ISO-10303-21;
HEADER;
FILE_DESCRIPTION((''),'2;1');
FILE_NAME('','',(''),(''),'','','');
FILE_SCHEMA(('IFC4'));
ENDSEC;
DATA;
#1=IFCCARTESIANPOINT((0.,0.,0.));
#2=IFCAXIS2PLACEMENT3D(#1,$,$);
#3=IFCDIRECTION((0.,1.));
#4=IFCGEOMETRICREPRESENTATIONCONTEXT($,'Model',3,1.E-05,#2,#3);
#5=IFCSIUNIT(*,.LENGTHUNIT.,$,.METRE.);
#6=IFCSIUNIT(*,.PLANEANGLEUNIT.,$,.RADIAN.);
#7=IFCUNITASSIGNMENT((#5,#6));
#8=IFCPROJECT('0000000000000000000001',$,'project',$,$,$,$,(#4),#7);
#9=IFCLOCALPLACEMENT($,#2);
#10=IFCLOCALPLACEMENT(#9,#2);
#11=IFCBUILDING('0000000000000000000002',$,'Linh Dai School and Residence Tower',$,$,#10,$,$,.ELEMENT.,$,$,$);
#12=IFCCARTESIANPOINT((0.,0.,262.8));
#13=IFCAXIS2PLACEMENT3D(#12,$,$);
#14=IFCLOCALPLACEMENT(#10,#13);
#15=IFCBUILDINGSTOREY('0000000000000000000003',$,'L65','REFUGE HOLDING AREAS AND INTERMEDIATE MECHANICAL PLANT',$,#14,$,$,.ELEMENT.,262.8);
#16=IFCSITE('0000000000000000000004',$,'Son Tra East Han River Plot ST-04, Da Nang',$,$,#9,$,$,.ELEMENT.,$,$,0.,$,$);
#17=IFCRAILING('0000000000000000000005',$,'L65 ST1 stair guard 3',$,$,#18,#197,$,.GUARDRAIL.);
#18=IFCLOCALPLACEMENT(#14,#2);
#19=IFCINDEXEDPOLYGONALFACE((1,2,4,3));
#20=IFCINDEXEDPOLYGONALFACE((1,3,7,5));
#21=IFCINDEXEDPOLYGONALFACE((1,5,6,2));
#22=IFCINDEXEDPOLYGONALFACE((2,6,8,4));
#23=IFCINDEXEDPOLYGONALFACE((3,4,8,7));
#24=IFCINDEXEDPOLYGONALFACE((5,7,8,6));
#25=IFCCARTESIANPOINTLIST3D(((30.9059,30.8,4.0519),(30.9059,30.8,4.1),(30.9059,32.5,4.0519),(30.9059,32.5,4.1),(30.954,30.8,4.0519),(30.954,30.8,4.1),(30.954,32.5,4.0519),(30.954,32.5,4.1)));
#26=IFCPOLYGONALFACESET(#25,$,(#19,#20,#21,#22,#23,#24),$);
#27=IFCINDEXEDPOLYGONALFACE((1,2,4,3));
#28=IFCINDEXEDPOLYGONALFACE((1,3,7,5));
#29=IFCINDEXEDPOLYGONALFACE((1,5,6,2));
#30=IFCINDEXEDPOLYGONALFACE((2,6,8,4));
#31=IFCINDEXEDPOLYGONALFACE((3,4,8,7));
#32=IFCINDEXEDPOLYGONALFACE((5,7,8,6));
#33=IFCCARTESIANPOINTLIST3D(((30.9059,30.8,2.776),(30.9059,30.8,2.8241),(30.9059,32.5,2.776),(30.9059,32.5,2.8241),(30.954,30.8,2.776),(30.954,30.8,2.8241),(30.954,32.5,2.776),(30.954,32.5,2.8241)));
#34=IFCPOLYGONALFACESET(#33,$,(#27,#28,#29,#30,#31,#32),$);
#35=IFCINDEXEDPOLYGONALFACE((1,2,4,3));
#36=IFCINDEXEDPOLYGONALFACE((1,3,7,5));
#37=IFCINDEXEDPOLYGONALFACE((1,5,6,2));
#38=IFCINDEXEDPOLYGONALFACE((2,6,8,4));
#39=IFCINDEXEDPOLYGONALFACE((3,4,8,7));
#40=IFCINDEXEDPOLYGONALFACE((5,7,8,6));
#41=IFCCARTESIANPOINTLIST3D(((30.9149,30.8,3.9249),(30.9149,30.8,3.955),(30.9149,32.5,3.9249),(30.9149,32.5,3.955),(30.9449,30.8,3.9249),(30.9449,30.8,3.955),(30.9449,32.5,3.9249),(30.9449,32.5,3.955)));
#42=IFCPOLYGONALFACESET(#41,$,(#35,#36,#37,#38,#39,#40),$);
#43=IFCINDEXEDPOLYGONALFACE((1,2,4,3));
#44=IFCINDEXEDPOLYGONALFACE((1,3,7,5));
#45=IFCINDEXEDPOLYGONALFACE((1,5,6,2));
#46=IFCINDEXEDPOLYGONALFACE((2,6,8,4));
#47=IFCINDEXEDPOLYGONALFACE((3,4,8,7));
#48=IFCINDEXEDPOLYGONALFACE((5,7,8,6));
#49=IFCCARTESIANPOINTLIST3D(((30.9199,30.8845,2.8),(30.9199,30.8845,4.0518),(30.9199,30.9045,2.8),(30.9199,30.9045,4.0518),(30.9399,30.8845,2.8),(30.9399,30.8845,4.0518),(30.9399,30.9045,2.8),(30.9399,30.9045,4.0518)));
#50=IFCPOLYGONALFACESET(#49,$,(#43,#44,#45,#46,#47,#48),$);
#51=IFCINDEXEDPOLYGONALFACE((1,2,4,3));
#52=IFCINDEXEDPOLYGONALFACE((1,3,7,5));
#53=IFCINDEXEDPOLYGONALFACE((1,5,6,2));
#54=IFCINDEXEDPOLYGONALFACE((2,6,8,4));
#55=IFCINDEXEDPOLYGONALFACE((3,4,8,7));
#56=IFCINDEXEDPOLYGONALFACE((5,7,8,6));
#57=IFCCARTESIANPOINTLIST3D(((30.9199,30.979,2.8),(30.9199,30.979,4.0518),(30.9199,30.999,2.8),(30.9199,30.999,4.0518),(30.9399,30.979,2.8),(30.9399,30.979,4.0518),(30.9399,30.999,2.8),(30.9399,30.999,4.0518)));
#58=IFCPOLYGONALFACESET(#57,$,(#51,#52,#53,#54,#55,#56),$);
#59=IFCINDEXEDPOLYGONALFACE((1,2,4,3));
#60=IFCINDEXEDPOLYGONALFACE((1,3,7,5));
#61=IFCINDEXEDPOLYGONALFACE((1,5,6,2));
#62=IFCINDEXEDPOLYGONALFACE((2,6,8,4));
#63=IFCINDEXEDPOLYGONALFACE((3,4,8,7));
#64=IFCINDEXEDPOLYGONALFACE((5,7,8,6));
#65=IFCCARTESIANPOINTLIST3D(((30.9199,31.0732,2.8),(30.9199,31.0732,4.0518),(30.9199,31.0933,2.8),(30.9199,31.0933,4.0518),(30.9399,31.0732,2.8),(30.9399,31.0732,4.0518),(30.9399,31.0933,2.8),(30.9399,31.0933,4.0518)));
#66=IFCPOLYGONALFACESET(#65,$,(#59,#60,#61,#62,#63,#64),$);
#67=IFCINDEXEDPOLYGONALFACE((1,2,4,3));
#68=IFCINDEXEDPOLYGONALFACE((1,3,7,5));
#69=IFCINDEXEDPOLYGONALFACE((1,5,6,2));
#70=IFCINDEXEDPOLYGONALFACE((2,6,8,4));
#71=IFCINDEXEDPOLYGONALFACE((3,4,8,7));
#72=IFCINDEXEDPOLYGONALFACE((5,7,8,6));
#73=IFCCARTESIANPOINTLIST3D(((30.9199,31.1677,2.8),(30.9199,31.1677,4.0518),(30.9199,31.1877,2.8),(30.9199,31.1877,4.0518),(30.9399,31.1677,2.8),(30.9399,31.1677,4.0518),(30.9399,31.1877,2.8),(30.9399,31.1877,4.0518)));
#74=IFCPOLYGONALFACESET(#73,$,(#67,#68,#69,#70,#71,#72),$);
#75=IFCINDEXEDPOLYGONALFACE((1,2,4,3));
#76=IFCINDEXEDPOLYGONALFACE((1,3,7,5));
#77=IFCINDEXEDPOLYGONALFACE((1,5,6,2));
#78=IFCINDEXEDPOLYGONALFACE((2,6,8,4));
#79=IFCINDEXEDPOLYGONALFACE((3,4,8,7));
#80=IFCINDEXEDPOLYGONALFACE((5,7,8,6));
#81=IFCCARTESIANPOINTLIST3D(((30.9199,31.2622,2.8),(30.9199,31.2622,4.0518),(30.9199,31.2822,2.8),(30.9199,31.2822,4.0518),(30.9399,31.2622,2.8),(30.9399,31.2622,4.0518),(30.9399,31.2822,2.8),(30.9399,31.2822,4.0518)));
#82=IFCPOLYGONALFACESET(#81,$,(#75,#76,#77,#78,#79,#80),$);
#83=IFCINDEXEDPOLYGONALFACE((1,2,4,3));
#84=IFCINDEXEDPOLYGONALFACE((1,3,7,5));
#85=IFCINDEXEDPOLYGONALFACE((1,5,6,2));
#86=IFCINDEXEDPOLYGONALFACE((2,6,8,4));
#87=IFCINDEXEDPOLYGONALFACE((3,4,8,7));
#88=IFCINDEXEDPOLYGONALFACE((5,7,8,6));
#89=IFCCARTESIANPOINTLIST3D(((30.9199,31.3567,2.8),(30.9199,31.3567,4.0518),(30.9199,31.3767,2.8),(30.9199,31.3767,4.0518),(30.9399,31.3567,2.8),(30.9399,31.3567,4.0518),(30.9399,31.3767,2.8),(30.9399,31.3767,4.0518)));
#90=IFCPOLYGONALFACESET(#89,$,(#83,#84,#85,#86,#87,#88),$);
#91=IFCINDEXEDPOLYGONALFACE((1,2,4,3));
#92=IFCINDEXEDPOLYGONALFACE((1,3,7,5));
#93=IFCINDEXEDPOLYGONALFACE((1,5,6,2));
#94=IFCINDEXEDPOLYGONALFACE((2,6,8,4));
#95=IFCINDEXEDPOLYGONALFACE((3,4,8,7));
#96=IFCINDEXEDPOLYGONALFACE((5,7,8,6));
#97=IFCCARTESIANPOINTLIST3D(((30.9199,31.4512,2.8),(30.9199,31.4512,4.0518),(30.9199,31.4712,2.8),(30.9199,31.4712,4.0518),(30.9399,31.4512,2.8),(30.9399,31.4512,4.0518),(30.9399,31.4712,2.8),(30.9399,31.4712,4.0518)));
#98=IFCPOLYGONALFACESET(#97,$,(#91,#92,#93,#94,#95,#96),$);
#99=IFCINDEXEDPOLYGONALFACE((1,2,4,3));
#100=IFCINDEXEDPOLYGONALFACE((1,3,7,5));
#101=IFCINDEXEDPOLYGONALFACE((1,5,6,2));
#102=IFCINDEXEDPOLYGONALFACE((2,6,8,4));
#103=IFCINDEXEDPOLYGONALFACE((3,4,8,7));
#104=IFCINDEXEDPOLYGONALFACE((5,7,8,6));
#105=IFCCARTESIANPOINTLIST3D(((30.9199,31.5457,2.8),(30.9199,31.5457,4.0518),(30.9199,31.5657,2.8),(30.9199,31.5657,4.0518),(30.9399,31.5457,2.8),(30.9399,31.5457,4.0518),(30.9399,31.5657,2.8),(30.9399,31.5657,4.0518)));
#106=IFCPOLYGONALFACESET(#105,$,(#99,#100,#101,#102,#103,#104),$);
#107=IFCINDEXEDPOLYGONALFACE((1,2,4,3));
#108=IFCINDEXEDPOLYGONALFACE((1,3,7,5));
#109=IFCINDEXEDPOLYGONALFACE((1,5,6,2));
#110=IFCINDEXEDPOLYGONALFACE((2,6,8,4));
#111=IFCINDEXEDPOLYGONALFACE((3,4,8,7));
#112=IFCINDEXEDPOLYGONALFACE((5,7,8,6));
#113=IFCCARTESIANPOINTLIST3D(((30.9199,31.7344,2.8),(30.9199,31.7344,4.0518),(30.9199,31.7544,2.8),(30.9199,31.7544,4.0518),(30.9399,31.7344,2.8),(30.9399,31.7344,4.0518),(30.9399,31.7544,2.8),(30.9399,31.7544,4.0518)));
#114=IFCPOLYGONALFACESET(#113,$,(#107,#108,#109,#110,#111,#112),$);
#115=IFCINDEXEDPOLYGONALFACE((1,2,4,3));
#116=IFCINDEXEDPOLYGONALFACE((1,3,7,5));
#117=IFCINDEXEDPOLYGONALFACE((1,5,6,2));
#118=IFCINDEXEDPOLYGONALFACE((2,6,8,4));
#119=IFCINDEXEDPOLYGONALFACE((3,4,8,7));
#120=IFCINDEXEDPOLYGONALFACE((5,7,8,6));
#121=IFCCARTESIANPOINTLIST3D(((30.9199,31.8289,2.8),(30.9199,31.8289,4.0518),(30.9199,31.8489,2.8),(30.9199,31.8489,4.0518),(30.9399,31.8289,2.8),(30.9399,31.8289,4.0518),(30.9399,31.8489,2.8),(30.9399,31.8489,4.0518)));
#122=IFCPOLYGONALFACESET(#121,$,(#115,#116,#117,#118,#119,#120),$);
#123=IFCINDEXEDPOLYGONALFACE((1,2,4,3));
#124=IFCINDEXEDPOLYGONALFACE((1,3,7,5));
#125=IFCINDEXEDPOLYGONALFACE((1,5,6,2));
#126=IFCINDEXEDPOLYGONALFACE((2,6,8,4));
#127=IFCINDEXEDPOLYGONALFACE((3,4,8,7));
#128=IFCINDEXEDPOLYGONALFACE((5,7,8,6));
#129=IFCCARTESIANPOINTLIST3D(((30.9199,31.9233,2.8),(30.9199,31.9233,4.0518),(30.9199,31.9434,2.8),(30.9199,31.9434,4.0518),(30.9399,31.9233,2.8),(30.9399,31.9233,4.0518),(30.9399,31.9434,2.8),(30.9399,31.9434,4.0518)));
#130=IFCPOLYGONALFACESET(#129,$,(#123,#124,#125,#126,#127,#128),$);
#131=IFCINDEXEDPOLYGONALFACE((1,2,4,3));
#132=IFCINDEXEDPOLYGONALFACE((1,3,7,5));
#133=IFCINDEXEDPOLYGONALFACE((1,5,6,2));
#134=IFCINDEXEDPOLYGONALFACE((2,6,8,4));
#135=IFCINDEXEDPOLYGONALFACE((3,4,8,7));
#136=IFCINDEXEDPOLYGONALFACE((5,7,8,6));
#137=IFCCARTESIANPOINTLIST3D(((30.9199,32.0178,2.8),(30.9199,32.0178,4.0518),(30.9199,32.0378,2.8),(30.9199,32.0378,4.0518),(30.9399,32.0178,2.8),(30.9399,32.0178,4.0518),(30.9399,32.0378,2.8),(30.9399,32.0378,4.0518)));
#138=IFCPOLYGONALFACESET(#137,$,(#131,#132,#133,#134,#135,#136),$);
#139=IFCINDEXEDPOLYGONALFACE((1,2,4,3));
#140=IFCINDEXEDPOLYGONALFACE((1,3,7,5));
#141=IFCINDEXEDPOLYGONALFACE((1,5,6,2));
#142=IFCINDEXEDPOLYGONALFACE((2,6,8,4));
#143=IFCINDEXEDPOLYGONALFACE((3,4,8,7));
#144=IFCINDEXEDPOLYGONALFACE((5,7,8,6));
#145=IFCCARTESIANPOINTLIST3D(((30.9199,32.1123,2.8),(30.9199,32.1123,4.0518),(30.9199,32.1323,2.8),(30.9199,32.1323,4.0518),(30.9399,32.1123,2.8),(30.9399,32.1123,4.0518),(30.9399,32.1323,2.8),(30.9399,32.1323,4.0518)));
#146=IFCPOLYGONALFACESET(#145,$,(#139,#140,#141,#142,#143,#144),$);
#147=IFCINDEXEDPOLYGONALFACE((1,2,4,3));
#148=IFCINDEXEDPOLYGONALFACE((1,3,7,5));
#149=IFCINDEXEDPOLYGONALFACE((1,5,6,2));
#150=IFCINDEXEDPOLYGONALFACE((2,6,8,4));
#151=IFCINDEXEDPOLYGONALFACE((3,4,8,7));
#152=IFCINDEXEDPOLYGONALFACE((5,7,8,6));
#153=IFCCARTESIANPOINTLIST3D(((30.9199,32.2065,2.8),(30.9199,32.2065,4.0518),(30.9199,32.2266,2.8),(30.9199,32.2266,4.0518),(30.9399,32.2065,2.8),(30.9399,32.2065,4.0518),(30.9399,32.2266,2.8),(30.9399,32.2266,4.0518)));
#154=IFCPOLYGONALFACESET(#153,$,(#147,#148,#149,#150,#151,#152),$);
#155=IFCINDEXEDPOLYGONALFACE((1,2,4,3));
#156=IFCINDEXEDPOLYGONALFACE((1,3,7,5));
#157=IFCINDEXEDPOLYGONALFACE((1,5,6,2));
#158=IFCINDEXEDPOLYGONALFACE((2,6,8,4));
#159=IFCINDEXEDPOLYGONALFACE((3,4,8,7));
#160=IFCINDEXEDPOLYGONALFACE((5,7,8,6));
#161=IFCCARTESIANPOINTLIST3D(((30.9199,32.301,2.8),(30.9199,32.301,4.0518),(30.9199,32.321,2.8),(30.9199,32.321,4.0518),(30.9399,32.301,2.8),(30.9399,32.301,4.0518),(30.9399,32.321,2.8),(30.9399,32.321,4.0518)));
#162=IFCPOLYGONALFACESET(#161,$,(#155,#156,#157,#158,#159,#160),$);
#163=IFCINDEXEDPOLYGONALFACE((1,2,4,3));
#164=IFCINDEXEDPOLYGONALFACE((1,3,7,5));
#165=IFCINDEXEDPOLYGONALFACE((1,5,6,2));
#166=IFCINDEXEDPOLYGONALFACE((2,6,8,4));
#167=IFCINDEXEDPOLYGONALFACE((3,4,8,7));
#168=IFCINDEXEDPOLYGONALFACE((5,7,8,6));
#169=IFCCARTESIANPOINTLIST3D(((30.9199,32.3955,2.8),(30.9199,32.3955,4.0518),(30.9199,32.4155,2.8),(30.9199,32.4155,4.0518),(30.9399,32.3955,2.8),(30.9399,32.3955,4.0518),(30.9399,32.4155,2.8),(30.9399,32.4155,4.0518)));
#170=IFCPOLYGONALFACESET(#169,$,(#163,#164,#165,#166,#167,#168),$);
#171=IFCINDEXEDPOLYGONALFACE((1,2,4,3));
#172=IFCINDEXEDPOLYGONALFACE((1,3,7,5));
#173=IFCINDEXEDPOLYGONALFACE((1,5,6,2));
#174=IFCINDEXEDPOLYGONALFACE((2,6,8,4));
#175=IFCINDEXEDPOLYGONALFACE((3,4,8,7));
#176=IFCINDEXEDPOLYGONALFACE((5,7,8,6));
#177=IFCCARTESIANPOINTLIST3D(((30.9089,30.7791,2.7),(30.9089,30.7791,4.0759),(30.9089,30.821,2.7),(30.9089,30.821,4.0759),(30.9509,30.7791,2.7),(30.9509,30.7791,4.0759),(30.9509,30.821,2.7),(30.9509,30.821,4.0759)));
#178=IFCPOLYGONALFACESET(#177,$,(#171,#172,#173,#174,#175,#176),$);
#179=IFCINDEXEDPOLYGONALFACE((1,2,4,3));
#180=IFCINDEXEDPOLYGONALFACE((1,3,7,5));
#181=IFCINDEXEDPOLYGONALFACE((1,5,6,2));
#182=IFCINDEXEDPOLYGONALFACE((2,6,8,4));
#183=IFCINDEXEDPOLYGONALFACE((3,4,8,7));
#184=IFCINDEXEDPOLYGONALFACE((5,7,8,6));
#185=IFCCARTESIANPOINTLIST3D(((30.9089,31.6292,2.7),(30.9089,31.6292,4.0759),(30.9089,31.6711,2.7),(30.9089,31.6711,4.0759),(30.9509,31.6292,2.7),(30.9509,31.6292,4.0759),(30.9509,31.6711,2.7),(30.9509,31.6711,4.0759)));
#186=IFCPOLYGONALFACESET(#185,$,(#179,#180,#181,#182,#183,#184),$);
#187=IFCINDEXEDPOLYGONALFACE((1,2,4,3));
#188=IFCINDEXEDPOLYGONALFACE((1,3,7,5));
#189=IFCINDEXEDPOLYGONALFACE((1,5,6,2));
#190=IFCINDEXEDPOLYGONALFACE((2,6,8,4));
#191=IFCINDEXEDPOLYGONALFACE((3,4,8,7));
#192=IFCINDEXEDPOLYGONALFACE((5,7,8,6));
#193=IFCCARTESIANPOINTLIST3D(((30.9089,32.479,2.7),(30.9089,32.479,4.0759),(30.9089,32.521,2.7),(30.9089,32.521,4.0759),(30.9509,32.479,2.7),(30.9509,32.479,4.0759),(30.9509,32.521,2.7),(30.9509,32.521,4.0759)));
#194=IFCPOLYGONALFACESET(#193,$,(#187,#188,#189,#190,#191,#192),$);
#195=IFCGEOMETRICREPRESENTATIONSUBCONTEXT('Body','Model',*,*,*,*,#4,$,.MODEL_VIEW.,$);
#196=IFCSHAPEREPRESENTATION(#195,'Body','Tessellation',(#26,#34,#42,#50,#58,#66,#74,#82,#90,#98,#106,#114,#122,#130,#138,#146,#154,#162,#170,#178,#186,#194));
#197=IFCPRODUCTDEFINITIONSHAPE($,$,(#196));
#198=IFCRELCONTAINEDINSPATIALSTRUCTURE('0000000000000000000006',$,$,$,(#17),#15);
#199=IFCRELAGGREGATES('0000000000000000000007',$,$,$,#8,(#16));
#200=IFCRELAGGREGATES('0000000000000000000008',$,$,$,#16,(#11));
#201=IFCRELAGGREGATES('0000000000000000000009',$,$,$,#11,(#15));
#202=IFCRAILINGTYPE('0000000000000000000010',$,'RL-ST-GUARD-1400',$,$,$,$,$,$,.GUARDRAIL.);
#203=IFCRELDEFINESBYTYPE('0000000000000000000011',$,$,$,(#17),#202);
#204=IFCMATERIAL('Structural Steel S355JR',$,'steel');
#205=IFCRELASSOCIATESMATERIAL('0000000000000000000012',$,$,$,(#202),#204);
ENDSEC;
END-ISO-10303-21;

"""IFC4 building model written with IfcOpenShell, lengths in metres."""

from ifc_helpers import new_model, si_unit, direction, frame, origin, origin_2d, place, context, subcontext, project, spatial, rectangle, extrude, source, transform, mapped, material, type_object, element, save


model = new_model("IFC4")

# Units and contexts
model_context = context("Model", 3, precision=1e-05, world=origin(), true_north=direction((0.0, 1.0)))
body_context = subcontext(model_context, "Body", "Model", "MODEL_VIEW")
ifc_project = project(units=[si_unit("LENGTHUNIT", "METRE"), si_unit("PLANEANGLEUNIT", "RADIAN")], contexts=[model_context])

# Site, building, storey
site_placement = place(None, origin())
site = spatial("IfcSite", under=ifc_project, at=site_placement, Name="Son Tra East Han River Plot ST-04, Da Nang", CompositionType="ELEMENT", RefElevation=0.0)
building_placement = place(site_placement, origin())
building = spatial("IfcBuilding", under=site, at=building_placement, Name="Linh Dai School and Residence Tower", CompositionType="ELEMENT")
storey_placement = place(building_placement, frame((0.0, 0.0, 262.8)))
storey = spatial("IfcBuildingStorey", under=building, at=storey_placement, Name="L65", Description="REFUGE HOLDING AREAS AND INTERMEDIATE MECHANICAL PLANT", CompositionType="ELEMENT", Elevation=262.8)

# Shared definitions
ifc_material_1 = material(Name="Structural Steel S355JR", Category="steel")

# Railing
railing_type_1 = type_object("IfcRailingType", Name="RL-ST-GUARD-1400", PredefinedType="GUARDRAIL", material=ifc_material_1)
shared_shape_1 = source(origin(), body_context, "Body", "SweptSolid", [
    extrude(rectangle(XDim=0.0481, YDim=0.0481, at=origin_2d()), frame((0.0, 0.0, 1.376), z_axis=(0.0, 1.0, 0.0), x_axis=(-1.0, 0.0, 0.0)), (0.0, 0.0, 1.0), 1.7),
    extrude(rectangle(XDim=0.0481, YDim=0.0481, at=origin_2d()), frame((0.0, 0.0, 0.1001), z_axis=(0.0, 1.0, 0.0), x_axis=(-1.0, 0.0, 0.0)), (0.0, 0.0, 1.0), 1.7),
    extrude(rectangle(XDim=0.03, YDim=0.03, at=origin_2d()), frame((0.0, 0.0, 1.24), z_axis=(0.0, 1.0, 0.0), x_axis=(-1.0, 0.0, 0.0)), (0.0, 0.0, 1.0), 1.7),
    extrude(rectangle(XDim=0.02, YDim=0.02, at=origin_2d()), frame((0.0, 0.0945, 0.1001)), (0.0, 0.0, 1.0), 1.2517),
    extrude(rectangle(XDim=0.02, YDim=0.02, at=origin_2d()), frame((0.0, 0.189, 0.1001)), (0.0, 0.0, 1.0), 1.2517),
    extrude(rectangle(XDim=0.02, YDim=0.02, at=origin_2d()), frame((0.0, 0.2832, 0.1001)), (0.0, 0.0, 1.0), 1.2517),
    extrude(rectangle(XDim=0.02, YDim=0.02, at=origin_2d()), frame((0.0, 0.3777, 0.1001)), (0.0, 0.0, 1.0), 1.2517),
    extrude(rectangle(XDim=0.02, YDim=0.02, at=origin_2d()), frame((0.0, 0.4722, 0.1001)), (0.0, 0.0, 1.0), 1.2517),
    extrude(rectangle(XDim=0.02, YDim=0.02, at=origin_2d()), frame((0.0, 0.5667, 0.1001)), (0.0, 0.0, 1.0), 1.2517),
    extrude(rectangle(XDim=0.02, YDim=0.02, at=origin_2d()), frame((0.0, 0.6611, 0.1001)), (0.0, 0.0, 1.0), 1.2517),
    extrude(rectangle(XDim=0.02, YDim=0.02, at=origin_2d()), frame((0.0, 0.7556, 0.1001)), (0.0, 0.0, 1.0), 1.2517),
    extrude(rectangle(XDim=0.02, YDim=0.02, at=origin_2d()), frame((0.0, 0.9443, 0.1001)), (0.0, 0.0, 1.0), 1.2517),
    extrude(rectangle(XDim=0.02, YDim=0.02, at=origin_2d()), frame((0.0, 1.0388, 0.1001)), (0.0, 0.0, 1.0), 1.2517),
    extrude(rectangle(XDim=0.02, YDim=0.02, at=origin_2d()), frame((0.0, 1.1333, 0.1001)), (0.0, 0.0, 1.0), 1.2517),
    extrude(rectangle(XDim=0.02, YDim=0.02, at=origin_2d()), frame((0.0, 1.2278, 0.1001)), (0.0, 0.0, 1.0), 1.2517),
    extrude(rectangle(XDim=0.02, YDim=0.02, at=origin_2d()), frame((0.0, 1.3223, 0.1001)), (0.0, 0.0, 1.0), 1.2517),
    extrude(rectangle(XDim=0.02, YDim=0.02, at=origin_2d()), frame((0.0, 1.4165, 0.1001)), (0.0, 0.0, 1.0), 1.2517),
    extrude(rectangle(XDim=0.02, YDim=0.02, at=origin_2d()), frame((0.0, 1.511, 0.1001)), (0.0, 0.0, 1.0), 1.2517),
    extrude(rectangle(XDim=0.02, YDim=0.02, at=origin_2d()), frame((0.0, 1.6055, 0.1001)), (0.0, 0.0, 1.0), 1.2517),
    extrude(rectangle(XDim=0.042, YDim=0.042, at=origin_2d()), origin(), (0.0, 0.0, 1.0), 1.376),
    extrude(rectangle(XDim=0.042, YDim=0.042, at=origin_2d()), frame((0.0, 0.8501, 0.0)), (0.0, 0.0, 1.0), 1.376),
    extrude(rectangle(XDim=0.042, YDim=0.042, at=origin_2d()), frame((0.0, 1.7, 0.0)), (0.0, 0.0, 1.0), 1.376),
])
for number, where, name in (
    (1, (30.9299, 30.8, 2.7), "L65 ST1 stair guard 3"),
):
    element("IfcRailing", number, at=place(storey_placement, frame(where)), inside=storey, type_object=railing_type_1, Name=name, PredefinedType="GUARDRAIL", context=body_context, shape_type="MappedRepresentation", body=[
        mapped(shared_shape_1, transform((0.0, 0.0, 0.0), x_axis=(1.0, 0.0, 0.0), y_axis=(0.0, 1.0, 0.0), z_axis=(0.0, 0.0, 1.0), scale=1.0)),
    ])

save(model, "model.ifc")
